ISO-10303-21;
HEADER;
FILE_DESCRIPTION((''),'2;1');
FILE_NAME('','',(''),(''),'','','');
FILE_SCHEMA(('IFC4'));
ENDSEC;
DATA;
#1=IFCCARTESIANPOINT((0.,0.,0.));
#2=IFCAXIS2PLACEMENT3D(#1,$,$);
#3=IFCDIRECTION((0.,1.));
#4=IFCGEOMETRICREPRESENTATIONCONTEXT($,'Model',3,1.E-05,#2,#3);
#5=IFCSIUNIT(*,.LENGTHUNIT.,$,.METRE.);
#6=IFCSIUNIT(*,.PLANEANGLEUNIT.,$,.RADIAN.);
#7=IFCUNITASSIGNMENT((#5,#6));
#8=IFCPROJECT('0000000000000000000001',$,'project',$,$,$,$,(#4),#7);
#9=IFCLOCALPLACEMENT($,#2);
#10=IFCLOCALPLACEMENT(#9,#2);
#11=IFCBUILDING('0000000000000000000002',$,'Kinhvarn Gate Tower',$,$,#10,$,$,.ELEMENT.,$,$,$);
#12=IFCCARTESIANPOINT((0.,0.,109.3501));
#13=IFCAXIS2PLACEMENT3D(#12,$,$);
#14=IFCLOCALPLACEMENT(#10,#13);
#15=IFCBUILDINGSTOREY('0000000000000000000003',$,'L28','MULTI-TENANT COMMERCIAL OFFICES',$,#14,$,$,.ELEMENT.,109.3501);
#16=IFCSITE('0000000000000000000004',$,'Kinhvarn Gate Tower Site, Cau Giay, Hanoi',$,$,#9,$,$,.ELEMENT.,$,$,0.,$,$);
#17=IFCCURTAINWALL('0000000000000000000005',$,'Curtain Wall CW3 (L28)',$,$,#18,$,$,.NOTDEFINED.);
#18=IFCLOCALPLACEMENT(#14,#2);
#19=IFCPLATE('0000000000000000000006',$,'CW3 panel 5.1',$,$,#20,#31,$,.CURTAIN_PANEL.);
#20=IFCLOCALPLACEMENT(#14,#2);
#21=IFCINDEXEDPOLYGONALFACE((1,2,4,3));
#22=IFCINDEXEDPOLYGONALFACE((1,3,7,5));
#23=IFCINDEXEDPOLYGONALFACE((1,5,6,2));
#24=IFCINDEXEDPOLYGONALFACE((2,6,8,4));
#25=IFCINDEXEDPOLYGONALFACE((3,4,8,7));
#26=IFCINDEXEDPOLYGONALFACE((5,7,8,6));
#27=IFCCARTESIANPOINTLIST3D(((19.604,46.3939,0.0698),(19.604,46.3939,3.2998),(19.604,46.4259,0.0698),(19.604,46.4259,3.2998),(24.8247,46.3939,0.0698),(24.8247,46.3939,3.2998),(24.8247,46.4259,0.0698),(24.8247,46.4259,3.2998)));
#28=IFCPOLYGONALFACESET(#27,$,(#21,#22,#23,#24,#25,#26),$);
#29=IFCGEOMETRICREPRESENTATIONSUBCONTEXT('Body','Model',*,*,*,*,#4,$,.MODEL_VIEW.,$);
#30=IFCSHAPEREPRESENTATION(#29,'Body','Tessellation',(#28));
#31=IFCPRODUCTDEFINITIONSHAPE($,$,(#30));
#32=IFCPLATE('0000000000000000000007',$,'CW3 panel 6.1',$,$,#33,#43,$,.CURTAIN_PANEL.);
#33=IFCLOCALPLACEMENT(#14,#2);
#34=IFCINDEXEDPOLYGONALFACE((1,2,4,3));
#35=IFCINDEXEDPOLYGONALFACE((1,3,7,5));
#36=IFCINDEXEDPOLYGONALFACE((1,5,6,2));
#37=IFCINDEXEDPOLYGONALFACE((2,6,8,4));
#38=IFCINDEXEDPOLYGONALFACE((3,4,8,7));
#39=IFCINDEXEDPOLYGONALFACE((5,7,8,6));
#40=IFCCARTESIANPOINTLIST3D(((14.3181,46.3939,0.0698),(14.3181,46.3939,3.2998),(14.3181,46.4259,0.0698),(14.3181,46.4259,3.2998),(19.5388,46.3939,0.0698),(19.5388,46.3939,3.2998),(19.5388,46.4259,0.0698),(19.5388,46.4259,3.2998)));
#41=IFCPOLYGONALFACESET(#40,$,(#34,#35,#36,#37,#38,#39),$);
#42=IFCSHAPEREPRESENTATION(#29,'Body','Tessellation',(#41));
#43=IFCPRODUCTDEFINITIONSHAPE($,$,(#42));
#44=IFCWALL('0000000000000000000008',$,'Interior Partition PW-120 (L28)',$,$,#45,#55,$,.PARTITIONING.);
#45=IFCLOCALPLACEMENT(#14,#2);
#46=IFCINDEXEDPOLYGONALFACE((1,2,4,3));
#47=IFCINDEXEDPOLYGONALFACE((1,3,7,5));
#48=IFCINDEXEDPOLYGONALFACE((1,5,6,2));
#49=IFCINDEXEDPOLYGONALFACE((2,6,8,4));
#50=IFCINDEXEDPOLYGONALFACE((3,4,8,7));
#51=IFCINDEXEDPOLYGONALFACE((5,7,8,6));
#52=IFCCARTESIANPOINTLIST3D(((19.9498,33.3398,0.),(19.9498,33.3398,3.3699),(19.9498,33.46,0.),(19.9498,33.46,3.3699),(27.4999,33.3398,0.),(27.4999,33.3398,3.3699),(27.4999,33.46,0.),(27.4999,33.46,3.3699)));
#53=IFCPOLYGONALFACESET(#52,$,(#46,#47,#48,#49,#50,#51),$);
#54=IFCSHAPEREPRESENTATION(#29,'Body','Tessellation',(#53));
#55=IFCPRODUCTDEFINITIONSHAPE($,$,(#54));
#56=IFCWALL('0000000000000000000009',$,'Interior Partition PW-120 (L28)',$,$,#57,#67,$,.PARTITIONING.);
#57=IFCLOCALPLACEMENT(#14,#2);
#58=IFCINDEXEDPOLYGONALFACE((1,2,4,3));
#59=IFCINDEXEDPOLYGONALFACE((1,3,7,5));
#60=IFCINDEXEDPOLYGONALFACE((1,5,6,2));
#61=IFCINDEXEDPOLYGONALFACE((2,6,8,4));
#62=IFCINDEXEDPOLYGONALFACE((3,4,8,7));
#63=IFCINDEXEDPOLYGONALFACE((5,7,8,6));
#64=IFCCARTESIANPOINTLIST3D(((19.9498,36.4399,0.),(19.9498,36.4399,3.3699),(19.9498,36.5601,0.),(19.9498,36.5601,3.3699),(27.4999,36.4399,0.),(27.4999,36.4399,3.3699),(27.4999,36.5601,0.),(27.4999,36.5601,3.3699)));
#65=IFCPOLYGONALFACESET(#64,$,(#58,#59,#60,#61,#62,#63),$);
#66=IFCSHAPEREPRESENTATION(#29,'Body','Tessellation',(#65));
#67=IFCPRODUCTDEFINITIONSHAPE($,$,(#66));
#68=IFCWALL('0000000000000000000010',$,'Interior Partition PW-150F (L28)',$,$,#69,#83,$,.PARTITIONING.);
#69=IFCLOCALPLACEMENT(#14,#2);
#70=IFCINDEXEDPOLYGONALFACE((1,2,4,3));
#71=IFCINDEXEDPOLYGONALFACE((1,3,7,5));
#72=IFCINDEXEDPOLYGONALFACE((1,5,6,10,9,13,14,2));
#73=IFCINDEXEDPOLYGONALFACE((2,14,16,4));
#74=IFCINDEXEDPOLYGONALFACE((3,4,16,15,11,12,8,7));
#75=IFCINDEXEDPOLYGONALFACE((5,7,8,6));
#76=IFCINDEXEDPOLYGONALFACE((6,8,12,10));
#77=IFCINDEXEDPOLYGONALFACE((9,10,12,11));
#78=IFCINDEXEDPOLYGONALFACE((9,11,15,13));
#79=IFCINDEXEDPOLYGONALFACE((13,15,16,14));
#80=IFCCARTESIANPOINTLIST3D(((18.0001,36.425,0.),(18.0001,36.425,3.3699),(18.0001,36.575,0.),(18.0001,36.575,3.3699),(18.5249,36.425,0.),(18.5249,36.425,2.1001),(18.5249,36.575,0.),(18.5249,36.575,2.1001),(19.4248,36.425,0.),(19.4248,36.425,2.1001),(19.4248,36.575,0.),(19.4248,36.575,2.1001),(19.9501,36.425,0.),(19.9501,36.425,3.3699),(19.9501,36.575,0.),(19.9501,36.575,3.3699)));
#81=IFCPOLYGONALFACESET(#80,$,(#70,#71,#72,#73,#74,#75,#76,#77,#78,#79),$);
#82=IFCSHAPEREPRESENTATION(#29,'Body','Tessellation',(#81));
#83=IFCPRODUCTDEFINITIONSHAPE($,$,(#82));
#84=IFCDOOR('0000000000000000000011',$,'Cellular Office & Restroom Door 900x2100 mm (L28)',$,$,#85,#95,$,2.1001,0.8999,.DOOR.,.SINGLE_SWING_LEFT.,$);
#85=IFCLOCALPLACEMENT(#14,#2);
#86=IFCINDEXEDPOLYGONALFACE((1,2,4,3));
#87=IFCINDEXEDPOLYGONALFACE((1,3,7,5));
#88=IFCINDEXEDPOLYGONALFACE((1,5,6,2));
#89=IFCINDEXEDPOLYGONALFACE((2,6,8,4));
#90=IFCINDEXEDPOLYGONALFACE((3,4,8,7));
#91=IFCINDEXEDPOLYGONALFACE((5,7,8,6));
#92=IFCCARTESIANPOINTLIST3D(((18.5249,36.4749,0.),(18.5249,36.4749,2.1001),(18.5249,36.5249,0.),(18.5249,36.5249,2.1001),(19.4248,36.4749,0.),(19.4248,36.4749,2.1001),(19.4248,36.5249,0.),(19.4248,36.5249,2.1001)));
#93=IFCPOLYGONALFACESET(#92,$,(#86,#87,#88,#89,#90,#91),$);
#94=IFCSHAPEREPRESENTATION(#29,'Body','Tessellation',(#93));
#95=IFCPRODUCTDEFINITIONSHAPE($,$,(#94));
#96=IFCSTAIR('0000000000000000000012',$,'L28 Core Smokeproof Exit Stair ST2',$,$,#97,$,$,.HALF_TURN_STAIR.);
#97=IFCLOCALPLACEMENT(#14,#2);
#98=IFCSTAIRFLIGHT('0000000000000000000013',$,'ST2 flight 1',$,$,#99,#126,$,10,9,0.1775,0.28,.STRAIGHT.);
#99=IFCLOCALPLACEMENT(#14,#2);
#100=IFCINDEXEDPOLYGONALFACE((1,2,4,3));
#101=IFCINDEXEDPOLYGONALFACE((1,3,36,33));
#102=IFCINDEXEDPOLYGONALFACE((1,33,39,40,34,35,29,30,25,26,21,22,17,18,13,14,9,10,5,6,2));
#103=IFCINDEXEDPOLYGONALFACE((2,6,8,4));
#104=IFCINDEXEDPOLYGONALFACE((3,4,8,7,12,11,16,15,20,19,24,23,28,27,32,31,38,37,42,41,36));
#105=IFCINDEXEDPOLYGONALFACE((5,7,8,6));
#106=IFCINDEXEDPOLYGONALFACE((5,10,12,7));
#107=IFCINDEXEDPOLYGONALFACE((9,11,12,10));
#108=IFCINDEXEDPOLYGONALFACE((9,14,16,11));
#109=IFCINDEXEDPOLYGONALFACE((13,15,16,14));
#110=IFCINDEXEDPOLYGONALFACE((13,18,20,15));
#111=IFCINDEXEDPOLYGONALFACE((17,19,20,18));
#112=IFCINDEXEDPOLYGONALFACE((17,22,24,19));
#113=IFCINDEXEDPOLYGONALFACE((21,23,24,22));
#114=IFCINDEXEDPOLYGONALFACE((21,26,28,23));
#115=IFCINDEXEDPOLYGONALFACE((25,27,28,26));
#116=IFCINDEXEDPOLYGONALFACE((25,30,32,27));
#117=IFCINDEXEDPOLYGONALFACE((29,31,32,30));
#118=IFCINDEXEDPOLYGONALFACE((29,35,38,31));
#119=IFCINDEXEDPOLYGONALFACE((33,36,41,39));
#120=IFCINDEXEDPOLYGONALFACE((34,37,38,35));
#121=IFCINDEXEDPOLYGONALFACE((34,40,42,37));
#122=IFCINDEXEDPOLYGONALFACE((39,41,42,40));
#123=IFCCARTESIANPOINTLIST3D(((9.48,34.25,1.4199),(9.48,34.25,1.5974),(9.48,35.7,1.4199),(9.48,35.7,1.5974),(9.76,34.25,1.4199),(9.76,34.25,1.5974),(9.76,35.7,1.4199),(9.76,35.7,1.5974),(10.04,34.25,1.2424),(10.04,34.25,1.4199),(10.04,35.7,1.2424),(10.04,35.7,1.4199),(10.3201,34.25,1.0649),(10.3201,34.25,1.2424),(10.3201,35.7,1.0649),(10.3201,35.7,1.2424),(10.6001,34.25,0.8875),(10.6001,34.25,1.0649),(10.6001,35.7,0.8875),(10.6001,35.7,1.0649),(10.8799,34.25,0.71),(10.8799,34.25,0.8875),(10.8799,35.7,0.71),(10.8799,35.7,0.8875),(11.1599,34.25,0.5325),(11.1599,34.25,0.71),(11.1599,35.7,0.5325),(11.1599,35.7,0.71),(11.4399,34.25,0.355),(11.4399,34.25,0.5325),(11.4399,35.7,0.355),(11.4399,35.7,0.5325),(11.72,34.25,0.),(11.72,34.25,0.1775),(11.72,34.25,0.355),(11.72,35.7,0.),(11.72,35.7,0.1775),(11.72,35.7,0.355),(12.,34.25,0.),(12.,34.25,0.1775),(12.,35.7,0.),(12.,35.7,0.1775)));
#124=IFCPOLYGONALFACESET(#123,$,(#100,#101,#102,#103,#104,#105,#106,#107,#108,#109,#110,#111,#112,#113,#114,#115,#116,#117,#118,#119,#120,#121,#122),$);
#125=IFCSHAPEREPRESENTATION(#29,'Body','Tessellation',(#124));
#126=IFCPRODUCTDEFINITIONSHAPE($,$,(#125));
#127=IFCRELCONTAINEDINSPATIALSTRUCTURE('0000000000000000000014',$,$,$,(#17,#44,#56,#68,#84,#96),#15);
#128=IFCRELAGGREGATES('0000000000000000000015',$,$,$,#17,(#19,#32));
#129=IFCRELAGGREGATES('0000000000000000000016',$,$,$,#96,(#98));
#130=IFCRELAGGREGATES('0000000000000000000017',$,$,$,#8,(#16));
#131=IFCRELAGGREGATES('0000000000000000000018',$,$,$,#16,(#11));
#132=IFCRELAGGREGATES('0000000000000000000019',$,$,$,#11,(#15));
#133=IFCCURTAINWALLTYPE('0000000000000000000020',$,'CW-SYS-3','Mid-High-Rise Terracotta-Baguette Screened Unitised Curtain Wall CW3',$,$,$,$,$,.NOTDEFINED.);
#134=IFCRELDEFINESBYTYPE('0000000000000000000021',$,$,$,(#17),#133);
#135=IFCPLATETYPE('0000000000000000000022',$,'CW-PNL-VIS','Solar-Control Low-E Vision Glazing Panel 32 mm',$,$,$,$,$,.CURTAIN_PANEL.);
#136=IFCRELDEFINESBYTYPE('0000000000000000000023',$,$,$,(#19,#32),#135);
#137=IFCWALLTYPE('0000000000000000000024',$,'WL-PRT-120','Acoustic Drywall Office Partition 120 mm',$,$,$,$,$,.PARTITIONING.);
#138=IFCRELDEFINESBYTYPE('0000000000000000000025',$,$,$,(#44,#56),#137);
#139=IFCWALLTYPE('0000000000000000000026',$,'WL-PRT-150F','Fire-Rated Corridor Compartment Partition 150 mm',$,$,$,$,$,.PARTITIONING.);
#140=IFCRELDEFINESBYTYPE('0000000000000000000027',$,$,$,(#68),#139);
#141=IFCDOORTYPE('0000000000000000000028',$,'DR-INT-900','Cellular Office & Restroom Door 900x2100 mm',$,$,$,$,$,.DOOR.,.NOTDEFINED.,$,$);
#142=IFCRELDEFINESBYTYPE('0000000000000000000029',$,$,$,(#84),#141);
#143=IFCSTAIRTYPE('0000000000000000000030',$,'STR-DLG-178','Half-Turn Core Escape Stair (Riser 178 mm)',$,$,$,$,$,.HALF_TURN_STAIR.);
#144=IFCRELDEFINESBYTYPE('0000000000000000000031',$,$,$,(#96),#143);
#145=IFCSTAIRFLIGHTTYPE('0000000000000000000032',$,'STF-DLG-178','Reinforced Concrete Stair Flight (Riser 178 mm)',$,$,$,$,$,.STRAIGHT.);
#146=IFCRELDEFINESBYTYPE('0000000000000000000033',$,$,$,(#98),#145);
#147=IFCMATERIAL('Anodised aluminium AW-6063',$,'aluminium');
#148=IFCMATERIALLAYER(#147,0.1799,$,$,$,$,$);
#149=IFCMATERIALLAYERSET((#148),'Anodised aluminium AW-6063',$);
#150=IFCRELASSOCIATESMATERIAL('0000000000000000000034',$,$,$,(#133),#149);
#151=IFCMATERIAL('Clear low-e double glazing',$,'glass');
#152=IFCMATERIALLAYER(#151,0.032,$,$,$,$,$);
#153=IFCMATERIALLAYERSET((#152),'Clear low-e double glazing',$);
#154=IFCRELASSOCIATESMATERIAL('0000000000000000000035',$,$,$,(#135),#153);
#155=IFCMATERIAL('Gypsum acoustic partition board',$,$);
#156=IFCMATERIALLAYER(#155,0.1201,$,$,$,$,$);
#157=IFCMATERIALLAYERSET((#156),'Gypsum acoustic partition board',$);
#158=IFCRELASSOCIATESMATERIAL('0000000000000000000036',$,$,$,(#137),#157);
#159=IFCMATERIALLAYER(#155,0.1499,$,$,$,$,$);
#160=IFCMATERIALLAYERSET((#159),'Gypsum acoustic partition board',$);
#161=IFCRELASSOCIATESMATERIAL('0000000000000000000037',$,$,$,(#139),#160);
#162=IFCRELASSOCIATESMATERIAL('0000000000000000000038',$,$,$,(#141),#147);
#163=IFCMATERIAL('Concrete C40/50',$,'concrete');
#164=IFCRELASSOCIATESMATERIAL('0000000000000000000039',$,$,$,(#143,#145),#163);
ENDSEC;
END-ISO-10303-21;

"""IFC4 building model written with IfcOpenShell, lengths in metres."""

from ifc_helpers import new_model, si_unit, direction, frame, frame_2d, origin, origin_2d, place, context, subcontext, project, spatial, polyline, rectangle, outline, extrude, material, layer, layer_set, type_object, element, fill, aggregate, save


model = new_model("IFC4")

# Units and contexts
model_context = context("Model", 3, precision=1e-05, world=origin(), true_north=direction((0.0, 1.0)))
body_context = subcontext(model_context, "Body", "Model", "MODEL_VIEW")
ifc_project = project(units=[si_unit("LENGTHUNIT", "METRE"), si_unit("PLANEANGLEUNIT", "RADIAN")], contexts=[model_context])

# Site, building, storey
site_placement = place(None, origin())
site = spatial("IfcSite", under=ifc_project, at=site_placement, Name="Kinhvarn Gate Tower Site, Cau Giay, Hanoi", CompositionType="ELEMENT", RefElevation=0.0)
building_placement = place(site_placement, origin())
building = spatial("IfcBuilding", under=site, at=building_placement, Name="Kinhvarn Gate Tower", CompositionType="ELEMENT")
storey_placement = place(building_placement, frame((0.0, 0.0, 109.3501)))
storey = spatial("IfcBuildingStorey", under=building, at=storey_placement, Name="L28", Description="MULTI-TENANT COMMERCIAL OFFICES", CompositionType="ELEMENT", Elevation=109.3501)

# Curtain wall
ifc_material_1 = material(Name="Anodised aluminium AW-6063", Category="aluminium")
ifc_layer_1 = layer(ifc_material_1, 0.1799)
ifc_layer_set_1 = layer_set([ifc_layer_1], Name="Anodised aluminium AW-6063")
curtain_wall_type = type_object("IfcCurtainWallType", Name="CW-SYS-3", Description="Mid-High-Rise Terracotta-Baguette Screened Unitised Curtain Wall CW3", PredefinedType="NOTDEFINED", material=ifc_layer_set_1)
curtain_wall_placement = place(storey_placement, origin())
curtain_wall = element("IfcCurtainWall", 1, at=curtain_wall_placement, inside=storey, type_object=curtain_wall_type, Name="Curtain Wall CW3 (L28)", PredefinedType="NOTDEFINED")

# Plates
ifc_material_2 = material(Name="Clear low-e double glazing", Category="glass")
ifc_layer_2 = layer(ifc_material_2, 0.032)
ifc_layer_set_2 = layer_set([ifc_layer_2], Name="Clear low-e double glazing")
plate_type = type_object("IfcPlateType", Name="CW-PNL-VIS", Description="Solar-Control Low-E Vision Glazing Panel 32 mm", PredefinedType="CURTAIN_PANEL", material=ifc_layer_set_2)
plate_1_placement = place(storey_placement, frame((22.2144, 46.4099, 0.0698), z_axis=(0.0, 0.0, 1.0), x_axis=(-1.0, 0.0, 0.0)))
plate_1 = element("IfcPlate", 2, at=plate_1_placement, type_object=plate_type, Name="CW3 panel 5.1", PredefinedType="CURTAIN_PANEL", context=body_context, shape_type="SweptSolid", body=[
    extrude(rectangle(XDim=5.2207, YDim=0.032, at=origin_2d()), origin(), (0.0, 0.0, 1.0), 3.23),
])
plate_2_placement = place(storey_placement, frame((16.9285, 46.4099, 0.0698), z_axis=(0.0, 0.0, 1.0), x_axis=(-1.0, 0.0, 0.0)))
plate_2 = element("IfcPlate", 3, at=plate_2_placement, type_object=plate_type, Name="CW3 panel 6.1", PredefinedType="CURTAIN_PANEL", context=body_context, shape_type="SweptSolid", body=[
    extrude(rectangle(XDim=5.2207, YDim=0.032, at=origin_2d()), origin(), (0.0, 0.0, 1.0), 3.23),
])
aggregate(curtain_wall, [plate_1, plate_2])

# Walls
ifc_material_3 = material(Name="Gypsum acoustic partition board")
ifc_layer_3 = layer(ifc_material_3, 0.1201)
ifc_layer_set_3 = layer_set([ifc_layer_3], Name="Gypsum acoustic partition board")
wall_type_1 = type_object("IfcWallType", Name="WL-PRT-120", Description="Acoustic Drywall Office Partition 120 mm", PredefinedType="PARTITIONING", material=ifc_layer_set_3)
for number, where, z_axis, x_axis, name in (
    (4, (19.95, 33.3999, 0.0), (0.0, 0.0, 1.0), (1.0, 0.0, 0.0), "Interior Partition PW-120 (L28)"),
    (5, (19.95, 36.5, 0.0), (0.0, 0.0, 1.0), (1.0, 0.0, 0.0), "Interior Partition PW-120 (L28)"),
):
    element("IfcWall", number, at=place(storey_placement, frame(where, z_axis=z_axis, x_axis=x_axis)), inside=storey, type_object=wall_type_1, Name=name, PredefinedType="PARTITIONING", context=body_context, shape_type="SweptSolid", body=[
        extrude(rectangle(XDim=7.55, YDim=0.1201, at=frame_2d((3.7749, 0.0))), origin(), (0.0, 0.0, 1.0), 3.3699),
    ])

# Wall, opening, door
ifc_layer_4 = layer(ifc_material_3, 0.1499)
ifc_layer_set_4 = layer_set([ifc_layer_4], Name="Gypsum acoustic partition board")
wall_type_2 = type_object("IfcWallType", Name="WL-PRT-150F", Description="Fire-Rated Corridor Compartment Partition 150 mm", PredefinedType="PARTITIONING", material=ifc_layer_set_4)
wall_1_placement = place(storey_placement, frame((18.0, 36.5, 0.0), z_axis=(0.0, 0.0, 1.0), x_axis=(1.0, 0.0, 0.0)))
wall_1 = element("IfcWall", 6, at=wall_1_placement, inside=storey, type_object=wall_type_2, Name="Interior Partition PW-150F (L28)", PredefinedType="PARTITIONING", context=body_context, shape_type="SweptSolid", body=[
    extrude(rectangle(XDim=1.95, YDim=0.1499, at=frame_2d((0.9751, 0.0))), origin(), (0.0, 0.0, 1.0), 3.3699),
])
opening_1_placement = place(wall_1_placement, frame((0.5249, 0.0, 0.0)))
opening_1 = element("IfcOpeningElement", 7, at=opening_1_placement, cuts=wall_1, PredefinedType="OPENING", context=body_context, shape_type="SweptSolid", body=[
    extrude(rectangle(XDim=0.8999, YDim=2.1001, at=frame_2d((0.45, 1.05))), frame((0.0, 0.085, 0.0), z_axis=(0.0, -1.0, 0.0), x_axis=(1.0, 0.0, 0.0)), (0.0, 0.0, 1.0), 0.1699),
])
door_type_1 = type_object("IfcDoorType", Name="DR-INT-900", Description="Cellular Office & Restroom Door 900x2100 mm", OperationType="NOTDEFINED", PredefinedType="DOOR", material=ifc_material_1)
door_1_placement = place(opening_1_placement, origin())
door_1 = element("IfcDoor", 8, at=door_1_placement, inside=storey, type_object=door_type_1, Name="Cellular Office & Restroom Door 900x2100 mm (L28)", OperationType="SINGLE_SWING_LEFT", OverallHeight=2.1001, OverallWidth=0.8999, PredefinedType="DOOR", context=body_context, shape_type="SweptSolid", body=[
    extrude(rectangle(XDim=0.8999, YDim=2.1001, at=frame_2d((0.45, 1.05))), frame((0.0, 0.0249, 0.0), z_axis=(0.0, -1.0, 0.0), x_axis=(1.0, 0.0, 0.0)), (0.0, 0.0, 1.0), 0.05),
])
fill(opening_1, door_1)
ifc_material_4 = material(Name="Concrete C40/50", Category="concrete")

# Stair, stair flight
stair_type = type_object("IfcStairType", Name="STR-DLG-178", Description="Half-Turn Core Escape Stair (Riser 178 mm)", PredefinedType="HALF_TURN_STAIR", material=ifc_material_4)
stair_placement = place(storey_placement, origin())
stair = element("IfcStair", 9, at=stair_placement, inside=storey, type_object=stair_type, Name="L28 Core Smokeproof Exit Stair ST2", PredefinedType="HALF_TURN_STAIR")
stair_flight_type = type_object("IfcStairFlightType", Name="STF-DLG-178", Description="Reinforced Concrete Stair Flight (Riser 178 mm)", PredefinedType="STRAIGHT", material=ifc_material_4)
stair_flight_placement = place(storey_placement, frame((12.0, 34.9751, 0.0), z_axis=(0.0, 0.0, 1.0), x_axis=(-1.0, 0.0, 0.0)))
stair_flight = element("IfcStairFlight", 10, at=stair_flight_placement, type_object=stair_flight_type, Name="ST2 flight 1", NumberOfRisers=10, NumberOfTreads=9, PredefinedType="STRAIGHT", RiserHeight=0.1775, TreadLength=0.28, context=body_context, shape_type="SweptSolid", body=[
    extrude(outline(polyline([(0.0, 0.0), (0.0, 0.1775), (0.28, 0.1775), (0.28, 0.355), (0.5601, 0.355), (0.5601, 0.5325), (0.8401, 0.5325), (0.8401, 0.71), (1.1201, 0.71), (1.1201, 0.8875), (1.3999, 0.8875), (1.3999, 1.0649), (1.6799, 1.0649), (1.6799, 1.2424), (1.96, 1.2424), (1.96, 1.4199), (2.24, 1.4199), (2.24, 1.5974), (2.52, 1.5974), (2.52, 1.7749), (2.52, 1.4199), (0.28, 0.0), (0.0, 0.0)])), frame((0.0, 0.7251, 0.0), z_axis=(0.0, -1.0, 0.0), x_axis=(1.0, 0.0, 0.0)), (0.0, 0.0, 1.0), 1.45),
])
aggregate(stair, [stair_flight])

save(model, "model.ifc")
